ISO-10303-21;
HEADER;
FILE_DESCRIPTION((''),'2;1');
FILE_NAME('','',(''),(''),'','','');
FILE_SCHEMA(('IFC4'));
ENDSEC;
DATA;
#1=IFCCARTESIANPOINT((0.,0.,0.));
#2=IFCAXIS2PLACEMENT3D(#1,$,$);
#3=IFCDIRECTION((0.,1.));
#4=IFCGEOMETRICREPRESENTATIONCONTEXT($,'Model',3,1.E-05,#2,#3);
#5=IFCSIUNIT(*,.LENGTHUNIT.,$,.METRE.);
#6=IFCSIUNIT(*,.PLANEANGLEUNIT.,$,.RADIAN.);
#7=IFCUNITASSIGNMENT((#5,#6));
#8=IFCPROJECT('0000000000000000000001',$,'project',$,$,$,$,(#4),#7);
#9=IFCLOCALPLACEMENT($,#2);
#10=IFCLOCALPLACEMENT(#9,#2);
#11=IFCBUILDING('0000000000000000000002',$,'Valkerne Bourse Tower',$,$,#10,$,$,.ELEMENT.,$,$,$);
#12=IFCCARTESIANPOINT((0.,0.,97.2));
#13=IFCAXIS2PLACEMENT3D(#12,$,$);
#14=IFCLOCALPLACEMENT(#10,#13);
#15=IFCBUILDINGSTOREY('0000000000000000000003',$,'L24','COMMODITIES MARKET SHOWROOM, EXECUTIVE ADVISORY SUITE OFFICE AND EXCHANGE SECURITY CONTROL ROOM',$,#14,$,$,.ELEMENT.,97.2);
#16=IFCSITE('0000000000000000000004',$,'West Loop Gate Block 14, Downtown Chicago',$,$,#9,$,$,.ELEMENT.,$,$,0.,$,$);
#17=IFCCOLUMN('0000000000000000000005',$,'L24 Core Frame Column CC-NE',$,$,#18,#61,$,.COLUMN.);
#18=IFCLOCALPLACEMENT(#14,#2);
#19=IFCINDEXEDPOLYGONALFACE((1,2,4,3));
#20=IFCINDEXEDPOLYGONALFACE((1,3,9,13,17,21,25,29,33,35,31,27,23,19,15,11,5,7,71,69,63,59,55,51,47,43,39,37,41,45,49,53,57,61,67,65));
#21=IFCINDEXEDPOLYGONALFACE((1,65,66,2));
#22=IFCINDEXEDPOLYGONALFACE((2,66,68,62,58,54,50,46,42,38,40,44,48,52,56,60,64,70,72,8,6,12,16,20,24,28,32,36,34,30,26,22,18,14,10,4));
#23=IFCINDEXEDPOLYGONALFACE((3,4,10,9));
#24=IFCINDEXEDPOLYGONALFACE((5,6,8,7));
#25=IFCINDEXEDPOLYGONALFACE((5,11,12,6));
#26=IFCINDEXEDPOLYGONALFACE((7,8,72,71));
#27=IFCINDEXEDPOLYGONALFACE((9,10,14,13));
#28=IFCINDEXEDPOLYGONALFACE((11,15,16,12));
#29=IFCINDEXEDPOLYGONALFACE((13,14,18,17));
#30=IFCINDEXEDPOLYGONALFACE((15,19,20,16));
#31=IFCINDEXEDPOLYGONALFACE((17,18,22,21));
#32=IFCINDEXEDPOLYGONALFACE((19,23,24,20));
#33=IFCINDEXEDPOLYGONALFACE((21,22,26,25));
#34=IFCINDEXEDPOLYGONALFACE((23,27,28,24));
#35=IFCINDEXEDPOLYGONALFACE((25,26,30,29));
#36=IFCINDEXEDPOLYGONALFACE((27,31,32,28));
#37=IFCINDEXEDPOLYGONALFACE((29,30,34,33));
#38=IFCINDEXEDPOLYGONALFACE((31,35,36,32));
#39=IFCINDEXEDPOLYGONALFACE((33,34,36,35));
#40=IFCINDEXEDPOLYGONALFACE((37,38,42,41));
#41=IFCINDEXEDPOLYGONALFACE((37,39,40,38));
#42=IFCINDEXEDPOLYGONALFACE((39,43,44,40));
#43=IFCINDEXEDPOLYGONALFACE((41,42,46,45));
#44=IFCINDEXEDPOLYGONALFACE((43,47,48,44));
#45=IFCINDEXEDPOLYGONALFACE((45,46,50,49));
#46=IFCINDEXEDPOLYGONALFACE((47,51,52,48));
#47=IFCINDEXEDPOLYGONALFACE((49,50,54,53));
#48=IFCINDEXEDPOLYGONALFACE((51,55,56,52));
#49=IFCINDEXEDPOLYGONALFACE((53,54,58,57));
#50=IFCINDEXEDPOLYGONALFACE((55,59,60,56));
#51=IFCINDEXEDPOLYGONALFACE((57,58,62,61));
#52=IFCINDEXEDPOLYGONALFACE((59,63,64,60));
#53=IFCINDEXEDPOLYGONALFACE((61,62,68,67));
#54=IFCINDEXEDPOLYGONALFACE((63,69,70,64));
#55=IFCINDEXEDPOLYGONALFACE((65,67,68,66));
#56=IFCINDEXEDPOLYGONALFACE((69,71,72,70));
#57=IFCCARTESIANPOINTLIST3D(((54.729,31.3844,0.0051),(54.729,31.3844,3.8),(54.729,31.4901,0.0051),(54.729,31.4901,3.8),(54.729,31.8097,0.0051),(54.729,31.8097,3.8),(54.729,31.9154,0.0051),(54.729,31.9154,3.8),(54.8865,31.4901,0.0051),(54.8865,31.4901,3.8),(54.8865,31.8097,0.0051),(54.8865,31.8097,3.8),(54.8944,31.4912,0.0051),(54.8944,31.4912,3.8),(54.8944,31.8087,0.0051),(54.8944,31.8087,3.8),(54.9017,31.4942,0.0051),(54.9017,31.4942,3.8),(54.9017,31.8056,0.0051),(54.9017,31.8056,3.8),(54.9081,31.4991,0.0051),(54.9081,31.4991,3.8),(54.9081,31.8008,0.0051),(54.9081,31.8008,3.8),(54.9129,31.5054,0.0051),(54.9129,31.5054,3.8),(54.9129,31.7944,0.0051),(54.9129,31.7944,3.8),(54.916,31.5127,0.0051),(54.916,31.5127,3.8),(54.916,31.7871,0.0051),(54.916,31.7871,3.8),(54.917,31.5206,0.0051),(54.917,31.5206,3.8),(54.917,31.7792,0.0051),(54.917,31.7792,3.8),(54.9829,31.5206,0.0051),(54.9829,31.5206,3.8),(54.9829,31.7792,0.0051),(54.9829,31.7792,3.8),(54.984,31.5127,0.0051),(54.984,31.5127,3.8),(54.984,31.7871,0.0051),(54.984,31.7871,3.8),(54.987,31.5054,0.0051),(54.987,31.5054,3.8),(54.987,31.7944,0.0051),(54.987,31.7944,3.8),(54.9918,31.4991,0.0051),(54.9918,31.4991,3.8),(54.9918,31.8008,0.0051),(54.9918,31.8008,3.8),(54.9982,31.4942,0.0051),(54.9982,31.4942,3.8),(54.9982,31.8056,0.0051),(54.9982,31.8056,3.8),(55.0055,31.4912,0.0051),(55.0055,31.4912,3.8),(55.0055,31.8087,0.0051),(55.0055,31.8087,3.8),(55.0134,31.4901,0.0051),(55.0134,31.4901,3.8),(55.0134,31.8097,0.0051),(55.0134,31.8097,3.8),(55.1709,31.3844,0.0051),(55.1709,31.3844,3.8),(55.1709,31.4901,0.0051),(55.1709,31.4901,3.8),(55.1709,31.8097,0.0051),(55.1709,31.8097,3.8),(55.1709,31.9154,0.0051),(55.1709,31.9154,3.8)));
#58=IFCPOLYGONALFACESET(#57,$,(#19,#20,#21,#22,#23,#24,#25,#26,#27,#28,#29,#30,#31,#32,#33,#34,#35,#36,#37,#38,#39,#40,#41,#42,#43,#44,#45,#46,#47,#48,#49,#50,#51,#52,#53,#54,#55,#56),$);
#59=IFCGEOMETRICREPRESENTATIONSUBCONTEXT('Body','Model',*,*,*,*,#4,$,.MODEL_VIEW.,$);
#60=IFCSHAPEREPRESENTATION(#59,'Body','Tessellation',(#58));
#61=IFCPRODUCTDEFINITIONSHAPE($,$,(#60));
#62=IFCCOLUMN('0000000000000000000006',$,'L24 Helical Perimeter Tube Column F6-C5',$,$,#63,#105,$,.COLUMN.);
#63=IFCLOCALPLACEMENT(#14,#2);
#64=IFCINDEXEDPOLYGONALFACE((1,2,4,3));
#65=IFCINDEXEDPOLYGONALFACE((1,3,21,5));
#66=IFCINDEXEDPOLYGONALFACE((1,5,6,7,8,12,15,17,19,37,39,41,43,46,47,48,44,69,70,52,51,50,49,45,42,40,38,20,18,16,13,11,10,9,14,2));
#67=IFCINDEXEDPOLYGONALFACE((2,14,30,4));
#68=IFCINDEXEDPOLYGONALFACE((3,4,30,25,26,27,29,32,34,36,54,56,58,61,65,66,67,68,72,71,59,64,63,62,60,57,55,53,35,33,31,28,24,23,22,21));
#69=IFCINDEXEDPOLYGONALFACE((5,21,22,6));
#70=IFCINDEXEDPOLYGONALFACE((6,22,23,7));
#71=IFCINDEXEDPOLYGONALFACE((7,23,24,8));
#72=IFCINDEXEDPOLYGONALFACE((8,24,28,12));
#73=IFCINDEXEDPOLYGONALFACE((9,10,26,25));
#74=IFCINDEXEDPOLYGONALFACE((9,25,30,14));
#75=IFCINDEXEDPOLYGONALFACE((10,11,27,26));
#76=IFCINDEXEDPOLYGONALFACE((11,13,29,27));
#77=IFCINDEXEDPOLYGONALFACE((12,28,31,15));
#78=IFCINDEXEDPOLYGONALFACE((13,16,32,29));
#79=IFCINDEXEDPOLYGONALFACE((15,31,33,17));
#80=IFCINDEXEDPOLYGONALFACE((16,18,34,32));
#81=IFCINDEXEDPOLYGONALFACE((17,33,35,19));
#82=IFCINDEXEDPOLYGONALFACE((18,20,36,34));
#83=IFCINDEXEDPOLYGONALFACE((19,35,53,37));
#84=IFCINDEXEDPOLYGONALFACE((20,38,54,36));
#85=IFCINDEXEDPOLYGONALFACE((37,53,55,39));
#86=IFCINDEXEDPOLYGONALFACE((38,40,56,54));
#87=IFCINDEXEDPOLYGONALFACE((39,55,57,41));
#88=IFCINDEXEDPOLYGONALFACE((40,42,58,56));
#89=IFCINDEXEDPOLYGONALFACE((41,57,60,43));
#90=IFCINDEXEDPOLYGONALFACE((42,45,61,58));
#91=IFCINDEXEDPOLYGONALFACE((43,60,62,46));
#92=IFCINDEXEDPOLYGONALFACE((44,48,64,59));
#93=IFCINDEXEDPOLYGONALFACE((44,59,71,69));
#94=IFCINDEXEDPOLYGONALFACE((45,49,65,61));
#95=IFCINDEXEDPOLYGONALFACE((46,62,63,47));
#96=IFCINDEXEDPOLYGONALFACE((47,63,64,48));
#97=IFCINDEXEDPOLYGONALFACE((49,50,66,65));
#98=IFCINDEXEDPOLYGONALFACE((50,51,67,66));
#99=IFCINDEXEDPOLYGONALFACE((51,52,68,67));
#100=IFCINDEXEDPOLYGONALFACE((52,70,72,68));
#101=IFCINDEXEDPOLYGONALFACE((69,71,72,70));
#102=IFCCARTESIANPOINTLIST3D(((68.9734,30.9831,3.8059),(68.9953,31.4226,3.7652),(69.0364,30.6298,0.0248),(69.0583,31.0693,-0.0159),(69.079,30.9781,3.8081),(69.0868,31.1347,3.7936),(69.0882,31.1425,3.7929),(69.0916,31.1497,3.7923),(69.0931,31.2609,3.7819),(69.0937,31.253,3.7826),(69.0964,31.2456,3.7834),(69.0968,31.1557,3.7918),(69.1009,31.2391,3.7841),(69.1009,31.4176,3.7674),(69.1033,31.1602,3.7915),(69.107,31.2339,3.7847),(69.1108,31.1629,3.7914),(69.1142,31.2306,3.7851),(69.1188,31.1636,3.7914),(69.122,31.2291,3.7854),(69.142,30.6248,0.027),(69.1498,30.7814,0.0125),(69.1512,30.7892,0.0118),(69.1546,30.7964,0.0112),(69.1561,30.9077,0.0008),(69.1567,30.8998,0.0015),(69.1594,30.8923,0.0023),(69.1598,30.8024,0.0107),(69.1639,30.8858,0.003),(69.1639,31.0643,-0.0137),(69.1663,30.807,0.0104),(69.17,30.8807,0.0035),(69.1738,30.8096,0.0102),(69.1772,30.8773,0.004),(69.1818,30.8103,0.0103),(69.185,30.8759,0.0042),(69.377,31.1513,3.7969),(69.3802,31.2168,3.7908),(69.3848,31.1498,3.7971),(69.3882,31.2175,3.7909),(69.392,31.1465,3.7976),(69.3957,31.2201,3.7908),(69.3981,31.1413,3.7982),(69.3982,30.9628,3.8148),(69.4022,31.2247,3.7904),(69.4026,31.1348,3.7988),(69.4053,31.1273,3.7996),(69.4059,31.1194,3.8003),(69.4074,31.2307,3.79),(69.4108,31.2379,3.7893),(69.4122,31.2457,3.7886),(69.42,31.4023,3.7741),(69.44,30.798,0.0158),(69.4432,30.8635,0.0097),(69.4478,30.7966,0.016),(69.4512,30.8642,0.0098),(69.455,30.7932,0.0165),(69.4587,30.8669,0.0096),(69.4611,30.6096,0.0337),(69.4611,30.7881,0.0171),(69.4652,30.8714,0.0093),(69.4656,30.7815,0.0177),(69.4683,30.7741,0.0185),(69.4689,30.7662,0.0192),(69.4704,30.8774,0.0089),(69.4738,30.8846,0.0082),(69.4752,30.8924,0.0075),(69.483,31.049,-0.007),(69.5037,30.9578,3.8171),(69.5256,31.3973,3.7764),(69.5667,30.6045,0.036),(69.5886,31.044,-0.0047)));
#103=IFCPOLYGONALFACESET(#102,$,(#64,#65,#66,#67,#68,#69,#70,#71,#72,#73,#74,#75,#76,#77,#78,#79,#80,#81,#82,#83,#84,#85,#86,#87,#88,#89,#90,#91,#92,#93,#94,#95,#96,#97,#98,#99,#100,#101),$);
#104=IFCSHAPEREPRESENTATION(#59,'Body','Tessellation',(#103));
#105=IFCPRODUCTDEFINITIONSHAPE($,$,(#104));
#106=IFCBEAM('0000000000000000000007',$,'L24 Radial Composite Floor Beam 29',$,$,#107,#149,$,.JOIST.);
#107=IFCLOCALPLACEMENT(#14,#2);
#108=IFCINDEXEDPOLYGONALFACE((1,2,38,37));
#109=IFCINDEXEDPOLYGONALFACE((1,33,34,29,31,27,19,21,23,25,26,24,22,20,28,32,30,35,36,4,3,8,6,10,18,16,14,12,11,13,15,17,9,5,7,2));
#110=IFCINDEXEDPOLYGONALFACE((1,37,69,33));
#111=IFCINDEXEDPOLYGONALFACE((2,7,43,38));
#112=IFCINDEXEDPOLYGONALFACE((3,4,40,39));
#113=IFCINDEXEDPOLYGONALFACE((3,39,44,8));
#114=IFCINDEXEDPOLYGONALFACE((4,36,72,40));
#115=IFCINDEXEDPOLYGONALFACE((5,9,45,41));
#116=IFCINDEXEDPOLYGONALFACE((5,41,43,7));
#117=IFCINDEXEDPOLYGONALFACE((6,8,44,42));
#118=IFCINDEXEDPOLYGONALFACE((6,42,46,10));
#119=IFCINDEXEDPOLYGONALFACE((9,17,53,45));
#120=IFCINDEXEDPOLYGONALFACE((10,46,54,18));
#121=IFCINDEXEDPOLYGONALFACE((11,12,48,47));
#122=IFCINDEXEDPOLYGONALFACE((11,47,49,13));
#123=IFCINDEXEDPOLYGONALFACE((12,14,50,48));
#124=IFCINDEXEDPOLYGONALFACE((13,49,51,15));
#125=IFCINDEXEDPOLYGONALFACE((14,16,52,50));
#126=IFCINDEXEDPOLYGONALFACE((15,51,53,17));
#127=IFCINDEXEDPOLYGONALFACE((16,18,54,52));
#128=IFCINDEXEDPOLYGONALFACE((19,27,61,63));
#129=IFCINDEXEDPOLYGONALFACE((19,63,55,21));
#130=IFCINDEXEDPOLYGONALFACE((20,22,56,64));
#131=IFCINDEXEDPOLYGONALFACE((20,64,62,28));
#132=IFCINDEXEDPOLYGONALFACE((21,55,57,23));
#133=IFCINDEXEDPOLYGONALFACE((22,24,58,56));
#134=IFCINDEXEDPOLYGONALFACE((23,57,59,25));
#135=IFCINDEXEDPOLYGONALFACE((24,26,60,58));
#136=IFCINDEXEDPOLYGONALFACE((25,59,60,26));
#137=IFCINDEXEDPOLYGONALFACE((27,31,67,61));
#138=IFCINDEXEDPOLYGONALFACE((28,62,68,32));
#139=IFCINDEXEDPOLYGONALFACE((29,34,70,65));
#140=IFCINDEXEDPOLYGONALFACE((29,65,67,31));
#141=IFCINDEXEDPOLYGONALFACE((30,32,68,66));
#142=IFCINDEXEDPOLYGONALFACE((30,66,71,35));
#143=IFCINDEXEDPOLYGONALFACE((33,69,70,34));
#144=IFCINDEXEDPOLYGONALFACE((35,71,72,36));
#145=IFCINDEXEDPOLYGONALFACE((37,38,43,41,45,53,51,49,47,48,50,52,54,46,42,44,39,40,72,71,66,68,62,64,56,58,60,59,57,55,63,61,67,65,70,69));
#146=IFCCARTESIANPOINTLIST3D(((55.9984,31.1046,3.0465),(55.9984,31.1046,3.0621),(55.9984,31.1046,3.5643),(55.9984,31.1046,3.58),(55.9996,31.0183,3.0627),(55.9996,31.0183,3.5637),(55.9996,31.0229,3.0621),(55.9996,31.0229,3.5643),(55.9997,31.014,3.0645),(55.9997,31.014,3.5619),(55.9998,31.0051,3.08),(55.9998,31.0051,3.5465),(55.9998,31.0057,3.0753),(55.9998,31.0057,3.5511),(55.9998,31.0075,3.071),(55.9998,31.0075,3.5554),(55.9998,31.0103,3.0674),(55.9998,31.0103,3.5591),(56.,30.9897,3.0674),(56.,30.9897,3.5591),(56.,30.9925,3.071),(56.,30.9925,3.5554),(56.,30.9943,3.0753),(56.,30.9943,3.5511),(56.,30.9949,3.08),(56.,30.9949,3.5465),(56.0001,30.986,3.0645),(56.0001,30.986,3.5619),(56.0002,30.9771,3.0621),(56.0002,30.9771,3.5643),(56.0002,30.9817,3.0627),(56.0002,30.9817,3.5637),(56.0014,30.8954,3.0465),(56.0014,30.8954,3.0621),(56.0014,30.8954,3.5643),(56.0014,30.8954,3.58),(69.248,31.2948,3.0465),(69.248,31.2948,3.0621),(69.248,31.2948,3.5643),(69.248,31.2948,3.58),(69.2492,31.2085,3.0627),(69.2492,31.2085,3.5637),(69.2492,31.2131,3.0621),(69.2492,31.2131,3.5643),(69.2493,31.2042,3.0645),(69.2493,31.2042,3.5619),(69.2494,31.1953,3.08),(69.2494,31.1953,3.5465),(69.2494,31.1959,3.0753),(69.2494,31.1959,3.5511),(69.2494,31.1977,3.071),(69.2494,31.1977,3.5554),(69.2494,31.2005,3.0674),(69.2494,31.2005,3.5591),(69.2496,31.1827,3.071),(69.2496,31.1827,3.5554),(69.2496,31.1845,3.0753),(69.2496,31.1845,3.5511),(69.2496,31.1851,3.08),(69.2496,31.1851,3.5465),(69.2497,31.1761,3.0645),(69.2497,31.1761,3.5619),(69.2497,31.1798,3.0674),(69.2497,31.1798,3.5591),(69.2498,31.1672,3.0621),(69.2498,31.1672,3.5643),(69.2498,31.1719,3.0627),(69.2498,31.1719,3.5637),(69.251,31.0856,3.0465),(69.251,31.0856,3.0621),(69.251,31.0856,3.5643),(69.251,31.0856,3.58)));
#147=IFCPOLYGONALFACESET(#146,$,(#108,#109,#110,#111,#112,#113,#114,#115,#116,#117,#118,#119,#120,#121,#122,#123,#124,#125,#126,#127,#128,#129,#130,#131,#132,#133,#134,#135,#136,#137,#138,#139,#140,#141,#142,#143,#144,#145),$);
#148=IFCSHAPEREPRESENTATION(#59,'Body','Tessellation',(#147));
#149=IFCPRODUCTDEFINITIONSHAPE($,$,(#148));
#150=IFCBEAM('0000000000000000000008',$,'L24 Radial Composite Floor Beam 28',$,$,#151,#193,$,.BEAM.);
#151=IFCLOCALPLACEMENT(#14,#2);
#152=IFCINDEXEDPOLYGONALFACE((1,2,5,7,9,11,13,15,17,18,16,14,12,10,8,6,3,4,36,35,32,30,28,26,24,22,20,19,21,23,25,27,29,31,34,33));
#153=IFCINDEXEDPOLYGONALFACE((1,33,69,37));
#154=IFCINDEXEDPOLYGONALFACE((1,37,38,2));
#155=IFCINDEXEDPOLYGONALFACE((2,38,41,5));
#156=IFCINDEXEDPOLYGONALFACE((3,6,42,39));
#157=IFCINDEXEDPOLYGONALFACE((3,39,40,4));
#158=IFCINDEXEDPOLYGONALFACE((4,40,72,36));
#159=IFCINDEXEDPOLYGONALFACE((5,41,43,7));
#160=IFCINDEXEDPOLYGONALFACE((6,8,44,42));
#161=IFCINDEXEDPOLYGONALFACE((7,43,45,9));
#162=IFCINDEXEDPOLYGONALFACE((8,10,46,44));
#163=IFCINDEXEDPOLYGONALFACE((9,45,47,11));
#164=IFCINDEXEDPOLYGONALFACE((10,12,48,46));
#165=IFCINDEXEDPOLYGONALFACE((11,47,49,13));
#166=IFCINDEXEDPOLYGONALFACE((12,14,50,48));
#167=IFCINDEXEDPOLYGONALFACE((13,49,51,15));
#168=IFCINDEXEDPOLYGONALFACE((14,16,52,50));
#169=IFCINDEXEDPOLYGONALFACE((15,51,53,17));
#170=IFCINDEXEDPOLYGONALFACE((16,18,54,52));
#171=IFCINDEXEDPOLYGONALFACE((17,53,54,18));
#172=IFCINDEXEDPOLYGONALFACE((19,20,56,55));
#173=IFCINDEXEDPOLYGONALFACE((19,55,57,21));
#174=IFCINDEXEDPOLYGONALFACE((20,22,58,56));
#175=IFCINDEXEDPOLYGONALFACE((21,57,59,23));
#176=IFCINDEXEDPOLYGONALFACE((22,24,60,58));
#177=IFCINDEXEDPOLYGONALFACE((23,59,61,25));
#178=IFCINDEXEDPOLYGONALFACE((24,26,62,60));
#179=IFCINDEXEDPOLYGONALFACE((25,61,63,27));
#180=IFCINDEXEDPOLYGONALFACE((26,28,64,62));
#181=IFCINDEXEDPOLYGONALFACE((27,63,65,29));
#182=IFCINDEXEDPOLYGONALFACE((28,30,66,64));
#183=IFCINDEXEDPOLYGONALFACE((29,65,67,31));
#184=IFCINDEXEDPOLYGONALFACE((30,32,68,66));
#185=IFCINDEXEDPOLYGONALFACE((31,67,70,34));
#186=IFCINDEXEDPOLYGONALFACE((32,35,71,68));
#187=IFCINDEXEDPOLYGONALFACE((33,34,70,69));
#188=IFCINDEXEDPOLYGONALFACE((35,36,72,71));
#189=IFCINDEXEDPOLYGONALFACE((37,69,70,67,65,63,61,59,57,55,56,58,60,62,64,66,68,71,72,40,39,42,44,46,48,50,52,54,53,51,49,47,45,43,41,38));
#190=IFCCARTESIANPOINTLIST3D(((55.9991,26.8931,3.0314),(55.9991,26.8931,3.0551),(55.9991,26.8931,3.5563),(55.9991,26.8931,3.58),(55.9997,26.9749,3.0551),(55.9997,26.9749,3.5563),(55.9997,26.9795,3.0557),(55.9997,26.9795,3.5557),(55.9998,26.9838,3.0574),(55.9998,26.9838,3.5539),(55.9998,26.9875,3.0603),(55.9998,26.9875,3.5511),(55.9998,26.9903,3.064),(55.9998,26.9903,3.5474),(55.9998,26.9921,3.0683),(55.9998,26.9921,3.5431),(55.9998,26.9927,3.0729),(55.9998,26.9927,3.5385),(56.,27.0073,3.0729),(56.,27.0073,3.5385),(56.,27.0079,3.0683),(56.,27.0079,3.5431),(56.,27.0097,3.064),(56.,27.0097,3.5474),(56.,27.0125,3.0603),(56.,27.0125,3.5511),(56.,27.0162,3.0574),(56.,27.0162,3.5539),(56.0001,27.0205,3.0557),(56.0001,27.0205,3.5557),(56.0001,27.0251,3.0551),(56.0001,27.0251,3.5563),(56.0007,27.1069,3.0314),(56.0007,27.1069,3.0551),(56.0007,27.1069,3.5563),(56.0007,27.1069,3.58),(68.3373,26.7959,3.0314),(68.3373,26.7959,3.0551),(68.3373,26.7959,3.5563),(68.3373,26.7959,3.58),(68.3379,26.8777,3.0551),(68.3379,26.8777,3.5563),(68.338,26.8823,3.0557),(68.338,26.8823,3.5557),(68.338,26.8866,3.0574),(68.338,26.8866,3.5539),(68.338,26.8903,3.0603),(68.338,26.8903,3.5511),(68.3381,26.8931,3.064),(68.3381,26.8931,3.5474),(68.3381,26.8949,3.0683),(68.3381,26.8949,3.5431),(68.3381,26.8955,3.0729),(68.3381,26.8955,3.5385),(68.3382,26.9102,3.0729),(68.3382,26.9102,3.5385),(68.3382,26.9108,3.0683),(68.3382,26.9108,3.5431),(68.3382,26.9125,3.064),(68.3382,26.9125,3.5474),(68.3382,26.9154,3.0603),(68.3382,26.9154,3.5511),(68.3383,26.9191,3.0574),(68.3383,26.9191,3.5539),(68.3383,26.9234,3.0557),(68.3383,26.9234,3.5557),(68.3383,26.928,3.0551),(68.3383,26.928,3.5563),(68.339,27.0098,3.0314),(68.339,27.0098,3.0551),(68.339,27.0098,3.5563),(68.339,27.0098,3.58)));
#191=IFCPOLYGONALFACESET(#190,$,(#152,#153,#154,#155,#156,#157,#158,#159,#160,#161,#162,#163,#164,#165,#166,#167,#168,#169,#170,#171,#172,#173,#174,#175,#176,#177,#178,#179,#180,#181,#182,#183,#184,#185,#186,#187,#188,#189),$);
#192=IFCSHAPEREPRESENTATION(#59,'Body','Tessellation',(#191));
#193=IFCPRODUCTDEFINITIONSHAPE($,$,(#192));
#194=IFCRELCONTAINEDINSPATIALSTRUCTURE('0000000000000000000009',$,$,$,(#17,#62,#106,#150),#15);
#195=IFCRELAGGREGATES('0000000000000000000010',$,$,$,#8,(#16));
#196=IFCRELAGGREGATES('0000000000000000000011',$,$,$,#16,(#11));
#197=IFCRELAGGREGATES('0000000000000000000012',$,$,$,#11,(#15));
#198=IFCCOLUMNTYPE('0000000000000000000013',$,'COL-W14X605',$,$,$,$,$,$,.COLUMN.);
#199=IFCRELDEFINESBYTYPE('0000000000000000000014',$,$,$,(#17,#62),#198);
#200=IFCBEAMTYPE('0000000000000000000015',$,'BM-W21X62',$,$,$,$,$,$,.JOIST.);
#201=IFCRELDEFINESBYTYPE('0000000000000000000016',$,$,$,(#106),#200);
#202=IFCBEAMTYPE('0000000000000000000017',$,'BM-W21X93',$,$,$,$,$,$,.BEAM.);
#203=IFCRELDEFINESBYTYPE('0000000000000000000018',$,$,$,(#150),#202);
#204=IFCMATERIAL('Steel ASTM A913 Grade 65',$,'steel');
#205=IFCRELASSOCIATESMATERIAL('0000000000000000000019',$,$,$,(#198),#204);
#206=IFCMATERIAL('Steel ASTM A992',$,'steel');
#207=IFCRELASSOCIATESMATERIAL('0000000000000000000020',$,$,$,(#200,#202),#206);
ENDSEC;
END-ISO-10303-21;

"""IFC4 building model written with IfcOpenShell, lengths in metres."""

from ifc_helpers import new_model, si_unit, direction, frame, origin, origin_2d, place, context, subcontext, project, spatial, i_section, extrude, material, material_profile, profile_set, type_object, element, save


model = new_model("IFC4")

# Units and contexts
model_context = context("Model", 3, precision=1e-05, world=origin(), true_north=direction((0.0, 1.0)))
body_context = subcontext(model_context, "Body", "Model", "MODEL_VIEW")
ifc_project = project(units=[si_unit("LENGTHUNIT", "METRE"), si_unit("PLANEANGLEUNIT", "RADIAN")], contexts=[model_context])

# Site, building, storey
site_placement = place(None, origin())
site = spatial("IfcSite", under=ifc_project, at=site_placement, Name="West Loop Gate Block 14, Downtown Chicago", CompositionType="ELEMENT", RefElevation=0.0)
building_placement = place(site_placement, origin())
building = spatial("IfcBuilding", under=site, at=building_placement, Name="Valkerne Bourse Tower", CompositionType="ELEMENT")
storey_placement = place(building_placement, frame((0.0, 0.0, 97.2)))
storey = spatial("IfcBuildingStorey", under=building, at=storey_placement, Name="L24", Description="COMMODITIES MARKET SHOWROOM, EXECUTIVE ADVISORY SUITE OFFICE AND EXCHANGE SECURITY CONTROL ROOM", CompositionType="ELEMENT", Elevation=97.2)

# Columns
ifc_material_1 = material(Name="Steel ASTM A913 Grade 65", Category="steel")
ifc_material_profile_1 = material_profile(ifc_material_1, i_section(OverallWidth=0.4419, OverallDepth=0.531, WebThickness=0.0659, FlangeThickness=0.1057, FilletRadius=0.0305, at=origin_2d()), Name="W14X605")
ifc_profile_set_1 = profile_set([ifc_material_profile_1], Name="Steel ASTM A913 Grade 65")
column_type = type_object("IfcColumnType", Name="COL-W14X605", PredefinedType="COLUMN", material=ifc_profile_set_1)
column_1_placement = place(storey_placement, frame((54.95, 31.6499, 0.0051), z_axis=(0.0, 0.0, 1.0), x_axis=(1.0, 0.0, 0.0)))
element("IfcColumn", 1, at=column_1_placement, inside=storey, type_object=column_type, Name="L24 Core Frame Column CC-NE", PredefinedType="COLUMN", context=body_context, shape_type="SweptSolid", body=[
    extrude(i_section(OverallWidth=0.4419, OverallDepth=0.531, WebThickness=0.0659, FlangeThickness=0.1057, FilletRadius=0.0305, at=origin_2d()), origin(), (0.0, 0.0, 1.0), 3.7949),
])
column_2_placement = place(storey_placement, frame((69.3125, 30.8369, 0.01), z_axis=(-0.016585, 0.093015, 0.995527), x_axis=(-0.049448, -0.994521, 0.092098)))
element("IfcColumn", 2, at=column_2_placement, inside=storey, type_object=column_type, Name="L24 Helical Perimeter Tube Column F6-C5", PredefinedType="COLUMN", context=body_context, shape_type="SweptSolid", body=[
    extrude(i_section(OverallWidth=0.4419, OverallDepth=0.531, WebThickness=0.0659, FlangeThickness=0.1057, FilletRadius=0.0305, at=origin_2d()), origin(), (0.0, 0.0, 1.0), 3.7981),
])

# Beams
ifc_material_2 = material(Name="Steel ASTM A992", Category="steel")
ifc_material_profile_2 = material_profile(ifc_material_2, i_section(OverallWidth=0.2092, OverallDepth=0.5334, WebThickness=0.0103, FlangeThickness=0.0156, FilletRadius=0.0178, at=origin_2d()), Name="W21X62")
ifc_profile_set_2 = profile_set([ifc_material_profile_2], Name="Steel ASTM A992")
beam_type_1 = type_object("IfcBeamType", Name="BM-W21X62", PredefinedType="JOIST", material=ifc_profile_set_2)
beam_1_placement = place(storey_placement, frame((69.2495, 31.1902, 3.3132), z_axis=(-0.999897, -0.014353, 0.0), x_axis=(0.014353, -0.999897, 0.0)))
element("IfcBeam", 3, at=beam_1_placement, inside=storey, type_object=beam_type_1, Name="L24 Radial Composite Floor Beam 29", PredefinedType="JOIST", context=body_context, shape_type="SweptSolid", body=[
    extrude(i_section(OverallWidth=0.2092, OverallDepth=0.5334, WebThickness=0.0103, FlangeThickness=0.0156, FilletRadius=0.0178, at=origin_2d()), origin(), (0.0, 0.0, 1.0), 13.251),
])
ifc_material_profile_3 = material_profile(ifc_material_2, i_section(OverallWidth=0.2139, OverallDepth=0.5486, WebThickness=0.0146, FlangeThickness=0.0237, FilletRadius=0.0178, at=origin_2d()), Name="W21X93")
ifc_profile_set_3 = profile_set([ifc_material_profile_3], Name="Steel ASTM A992")
beam_type_2 = type_object("IfcBeamType", Name="BM-W21X93", PredefinedType="BEAM", material=ifc_profile_set_3)
beam_2_placement = place(storey_placement, frame((68.3381, 26.9028, 3.3057), z_axis=(-0.999969, 0.007875, 0.0), x_axis=(-0.007875, -0.999969, 0.0)))
element("IfcBeam", 4, at=beam_2_placement, inside=storey, type_object=beam_type_2, Name="L24 Radial Composite Floor Beam 28", PredefinedType="BEAM", context=body_context, shape_type="SweptSolid", body=[
    extrude(i_section(OverallWidth=0.2139, OverallDepth=0.5486, WebThickness=0.0146, FlangeThickness=0.0237, FilletRadius=0.0178, at=origin_2d()), origin(), (0.0, 0.0, 1.0), 12.3386),
])

save(model, "model.ifc")
